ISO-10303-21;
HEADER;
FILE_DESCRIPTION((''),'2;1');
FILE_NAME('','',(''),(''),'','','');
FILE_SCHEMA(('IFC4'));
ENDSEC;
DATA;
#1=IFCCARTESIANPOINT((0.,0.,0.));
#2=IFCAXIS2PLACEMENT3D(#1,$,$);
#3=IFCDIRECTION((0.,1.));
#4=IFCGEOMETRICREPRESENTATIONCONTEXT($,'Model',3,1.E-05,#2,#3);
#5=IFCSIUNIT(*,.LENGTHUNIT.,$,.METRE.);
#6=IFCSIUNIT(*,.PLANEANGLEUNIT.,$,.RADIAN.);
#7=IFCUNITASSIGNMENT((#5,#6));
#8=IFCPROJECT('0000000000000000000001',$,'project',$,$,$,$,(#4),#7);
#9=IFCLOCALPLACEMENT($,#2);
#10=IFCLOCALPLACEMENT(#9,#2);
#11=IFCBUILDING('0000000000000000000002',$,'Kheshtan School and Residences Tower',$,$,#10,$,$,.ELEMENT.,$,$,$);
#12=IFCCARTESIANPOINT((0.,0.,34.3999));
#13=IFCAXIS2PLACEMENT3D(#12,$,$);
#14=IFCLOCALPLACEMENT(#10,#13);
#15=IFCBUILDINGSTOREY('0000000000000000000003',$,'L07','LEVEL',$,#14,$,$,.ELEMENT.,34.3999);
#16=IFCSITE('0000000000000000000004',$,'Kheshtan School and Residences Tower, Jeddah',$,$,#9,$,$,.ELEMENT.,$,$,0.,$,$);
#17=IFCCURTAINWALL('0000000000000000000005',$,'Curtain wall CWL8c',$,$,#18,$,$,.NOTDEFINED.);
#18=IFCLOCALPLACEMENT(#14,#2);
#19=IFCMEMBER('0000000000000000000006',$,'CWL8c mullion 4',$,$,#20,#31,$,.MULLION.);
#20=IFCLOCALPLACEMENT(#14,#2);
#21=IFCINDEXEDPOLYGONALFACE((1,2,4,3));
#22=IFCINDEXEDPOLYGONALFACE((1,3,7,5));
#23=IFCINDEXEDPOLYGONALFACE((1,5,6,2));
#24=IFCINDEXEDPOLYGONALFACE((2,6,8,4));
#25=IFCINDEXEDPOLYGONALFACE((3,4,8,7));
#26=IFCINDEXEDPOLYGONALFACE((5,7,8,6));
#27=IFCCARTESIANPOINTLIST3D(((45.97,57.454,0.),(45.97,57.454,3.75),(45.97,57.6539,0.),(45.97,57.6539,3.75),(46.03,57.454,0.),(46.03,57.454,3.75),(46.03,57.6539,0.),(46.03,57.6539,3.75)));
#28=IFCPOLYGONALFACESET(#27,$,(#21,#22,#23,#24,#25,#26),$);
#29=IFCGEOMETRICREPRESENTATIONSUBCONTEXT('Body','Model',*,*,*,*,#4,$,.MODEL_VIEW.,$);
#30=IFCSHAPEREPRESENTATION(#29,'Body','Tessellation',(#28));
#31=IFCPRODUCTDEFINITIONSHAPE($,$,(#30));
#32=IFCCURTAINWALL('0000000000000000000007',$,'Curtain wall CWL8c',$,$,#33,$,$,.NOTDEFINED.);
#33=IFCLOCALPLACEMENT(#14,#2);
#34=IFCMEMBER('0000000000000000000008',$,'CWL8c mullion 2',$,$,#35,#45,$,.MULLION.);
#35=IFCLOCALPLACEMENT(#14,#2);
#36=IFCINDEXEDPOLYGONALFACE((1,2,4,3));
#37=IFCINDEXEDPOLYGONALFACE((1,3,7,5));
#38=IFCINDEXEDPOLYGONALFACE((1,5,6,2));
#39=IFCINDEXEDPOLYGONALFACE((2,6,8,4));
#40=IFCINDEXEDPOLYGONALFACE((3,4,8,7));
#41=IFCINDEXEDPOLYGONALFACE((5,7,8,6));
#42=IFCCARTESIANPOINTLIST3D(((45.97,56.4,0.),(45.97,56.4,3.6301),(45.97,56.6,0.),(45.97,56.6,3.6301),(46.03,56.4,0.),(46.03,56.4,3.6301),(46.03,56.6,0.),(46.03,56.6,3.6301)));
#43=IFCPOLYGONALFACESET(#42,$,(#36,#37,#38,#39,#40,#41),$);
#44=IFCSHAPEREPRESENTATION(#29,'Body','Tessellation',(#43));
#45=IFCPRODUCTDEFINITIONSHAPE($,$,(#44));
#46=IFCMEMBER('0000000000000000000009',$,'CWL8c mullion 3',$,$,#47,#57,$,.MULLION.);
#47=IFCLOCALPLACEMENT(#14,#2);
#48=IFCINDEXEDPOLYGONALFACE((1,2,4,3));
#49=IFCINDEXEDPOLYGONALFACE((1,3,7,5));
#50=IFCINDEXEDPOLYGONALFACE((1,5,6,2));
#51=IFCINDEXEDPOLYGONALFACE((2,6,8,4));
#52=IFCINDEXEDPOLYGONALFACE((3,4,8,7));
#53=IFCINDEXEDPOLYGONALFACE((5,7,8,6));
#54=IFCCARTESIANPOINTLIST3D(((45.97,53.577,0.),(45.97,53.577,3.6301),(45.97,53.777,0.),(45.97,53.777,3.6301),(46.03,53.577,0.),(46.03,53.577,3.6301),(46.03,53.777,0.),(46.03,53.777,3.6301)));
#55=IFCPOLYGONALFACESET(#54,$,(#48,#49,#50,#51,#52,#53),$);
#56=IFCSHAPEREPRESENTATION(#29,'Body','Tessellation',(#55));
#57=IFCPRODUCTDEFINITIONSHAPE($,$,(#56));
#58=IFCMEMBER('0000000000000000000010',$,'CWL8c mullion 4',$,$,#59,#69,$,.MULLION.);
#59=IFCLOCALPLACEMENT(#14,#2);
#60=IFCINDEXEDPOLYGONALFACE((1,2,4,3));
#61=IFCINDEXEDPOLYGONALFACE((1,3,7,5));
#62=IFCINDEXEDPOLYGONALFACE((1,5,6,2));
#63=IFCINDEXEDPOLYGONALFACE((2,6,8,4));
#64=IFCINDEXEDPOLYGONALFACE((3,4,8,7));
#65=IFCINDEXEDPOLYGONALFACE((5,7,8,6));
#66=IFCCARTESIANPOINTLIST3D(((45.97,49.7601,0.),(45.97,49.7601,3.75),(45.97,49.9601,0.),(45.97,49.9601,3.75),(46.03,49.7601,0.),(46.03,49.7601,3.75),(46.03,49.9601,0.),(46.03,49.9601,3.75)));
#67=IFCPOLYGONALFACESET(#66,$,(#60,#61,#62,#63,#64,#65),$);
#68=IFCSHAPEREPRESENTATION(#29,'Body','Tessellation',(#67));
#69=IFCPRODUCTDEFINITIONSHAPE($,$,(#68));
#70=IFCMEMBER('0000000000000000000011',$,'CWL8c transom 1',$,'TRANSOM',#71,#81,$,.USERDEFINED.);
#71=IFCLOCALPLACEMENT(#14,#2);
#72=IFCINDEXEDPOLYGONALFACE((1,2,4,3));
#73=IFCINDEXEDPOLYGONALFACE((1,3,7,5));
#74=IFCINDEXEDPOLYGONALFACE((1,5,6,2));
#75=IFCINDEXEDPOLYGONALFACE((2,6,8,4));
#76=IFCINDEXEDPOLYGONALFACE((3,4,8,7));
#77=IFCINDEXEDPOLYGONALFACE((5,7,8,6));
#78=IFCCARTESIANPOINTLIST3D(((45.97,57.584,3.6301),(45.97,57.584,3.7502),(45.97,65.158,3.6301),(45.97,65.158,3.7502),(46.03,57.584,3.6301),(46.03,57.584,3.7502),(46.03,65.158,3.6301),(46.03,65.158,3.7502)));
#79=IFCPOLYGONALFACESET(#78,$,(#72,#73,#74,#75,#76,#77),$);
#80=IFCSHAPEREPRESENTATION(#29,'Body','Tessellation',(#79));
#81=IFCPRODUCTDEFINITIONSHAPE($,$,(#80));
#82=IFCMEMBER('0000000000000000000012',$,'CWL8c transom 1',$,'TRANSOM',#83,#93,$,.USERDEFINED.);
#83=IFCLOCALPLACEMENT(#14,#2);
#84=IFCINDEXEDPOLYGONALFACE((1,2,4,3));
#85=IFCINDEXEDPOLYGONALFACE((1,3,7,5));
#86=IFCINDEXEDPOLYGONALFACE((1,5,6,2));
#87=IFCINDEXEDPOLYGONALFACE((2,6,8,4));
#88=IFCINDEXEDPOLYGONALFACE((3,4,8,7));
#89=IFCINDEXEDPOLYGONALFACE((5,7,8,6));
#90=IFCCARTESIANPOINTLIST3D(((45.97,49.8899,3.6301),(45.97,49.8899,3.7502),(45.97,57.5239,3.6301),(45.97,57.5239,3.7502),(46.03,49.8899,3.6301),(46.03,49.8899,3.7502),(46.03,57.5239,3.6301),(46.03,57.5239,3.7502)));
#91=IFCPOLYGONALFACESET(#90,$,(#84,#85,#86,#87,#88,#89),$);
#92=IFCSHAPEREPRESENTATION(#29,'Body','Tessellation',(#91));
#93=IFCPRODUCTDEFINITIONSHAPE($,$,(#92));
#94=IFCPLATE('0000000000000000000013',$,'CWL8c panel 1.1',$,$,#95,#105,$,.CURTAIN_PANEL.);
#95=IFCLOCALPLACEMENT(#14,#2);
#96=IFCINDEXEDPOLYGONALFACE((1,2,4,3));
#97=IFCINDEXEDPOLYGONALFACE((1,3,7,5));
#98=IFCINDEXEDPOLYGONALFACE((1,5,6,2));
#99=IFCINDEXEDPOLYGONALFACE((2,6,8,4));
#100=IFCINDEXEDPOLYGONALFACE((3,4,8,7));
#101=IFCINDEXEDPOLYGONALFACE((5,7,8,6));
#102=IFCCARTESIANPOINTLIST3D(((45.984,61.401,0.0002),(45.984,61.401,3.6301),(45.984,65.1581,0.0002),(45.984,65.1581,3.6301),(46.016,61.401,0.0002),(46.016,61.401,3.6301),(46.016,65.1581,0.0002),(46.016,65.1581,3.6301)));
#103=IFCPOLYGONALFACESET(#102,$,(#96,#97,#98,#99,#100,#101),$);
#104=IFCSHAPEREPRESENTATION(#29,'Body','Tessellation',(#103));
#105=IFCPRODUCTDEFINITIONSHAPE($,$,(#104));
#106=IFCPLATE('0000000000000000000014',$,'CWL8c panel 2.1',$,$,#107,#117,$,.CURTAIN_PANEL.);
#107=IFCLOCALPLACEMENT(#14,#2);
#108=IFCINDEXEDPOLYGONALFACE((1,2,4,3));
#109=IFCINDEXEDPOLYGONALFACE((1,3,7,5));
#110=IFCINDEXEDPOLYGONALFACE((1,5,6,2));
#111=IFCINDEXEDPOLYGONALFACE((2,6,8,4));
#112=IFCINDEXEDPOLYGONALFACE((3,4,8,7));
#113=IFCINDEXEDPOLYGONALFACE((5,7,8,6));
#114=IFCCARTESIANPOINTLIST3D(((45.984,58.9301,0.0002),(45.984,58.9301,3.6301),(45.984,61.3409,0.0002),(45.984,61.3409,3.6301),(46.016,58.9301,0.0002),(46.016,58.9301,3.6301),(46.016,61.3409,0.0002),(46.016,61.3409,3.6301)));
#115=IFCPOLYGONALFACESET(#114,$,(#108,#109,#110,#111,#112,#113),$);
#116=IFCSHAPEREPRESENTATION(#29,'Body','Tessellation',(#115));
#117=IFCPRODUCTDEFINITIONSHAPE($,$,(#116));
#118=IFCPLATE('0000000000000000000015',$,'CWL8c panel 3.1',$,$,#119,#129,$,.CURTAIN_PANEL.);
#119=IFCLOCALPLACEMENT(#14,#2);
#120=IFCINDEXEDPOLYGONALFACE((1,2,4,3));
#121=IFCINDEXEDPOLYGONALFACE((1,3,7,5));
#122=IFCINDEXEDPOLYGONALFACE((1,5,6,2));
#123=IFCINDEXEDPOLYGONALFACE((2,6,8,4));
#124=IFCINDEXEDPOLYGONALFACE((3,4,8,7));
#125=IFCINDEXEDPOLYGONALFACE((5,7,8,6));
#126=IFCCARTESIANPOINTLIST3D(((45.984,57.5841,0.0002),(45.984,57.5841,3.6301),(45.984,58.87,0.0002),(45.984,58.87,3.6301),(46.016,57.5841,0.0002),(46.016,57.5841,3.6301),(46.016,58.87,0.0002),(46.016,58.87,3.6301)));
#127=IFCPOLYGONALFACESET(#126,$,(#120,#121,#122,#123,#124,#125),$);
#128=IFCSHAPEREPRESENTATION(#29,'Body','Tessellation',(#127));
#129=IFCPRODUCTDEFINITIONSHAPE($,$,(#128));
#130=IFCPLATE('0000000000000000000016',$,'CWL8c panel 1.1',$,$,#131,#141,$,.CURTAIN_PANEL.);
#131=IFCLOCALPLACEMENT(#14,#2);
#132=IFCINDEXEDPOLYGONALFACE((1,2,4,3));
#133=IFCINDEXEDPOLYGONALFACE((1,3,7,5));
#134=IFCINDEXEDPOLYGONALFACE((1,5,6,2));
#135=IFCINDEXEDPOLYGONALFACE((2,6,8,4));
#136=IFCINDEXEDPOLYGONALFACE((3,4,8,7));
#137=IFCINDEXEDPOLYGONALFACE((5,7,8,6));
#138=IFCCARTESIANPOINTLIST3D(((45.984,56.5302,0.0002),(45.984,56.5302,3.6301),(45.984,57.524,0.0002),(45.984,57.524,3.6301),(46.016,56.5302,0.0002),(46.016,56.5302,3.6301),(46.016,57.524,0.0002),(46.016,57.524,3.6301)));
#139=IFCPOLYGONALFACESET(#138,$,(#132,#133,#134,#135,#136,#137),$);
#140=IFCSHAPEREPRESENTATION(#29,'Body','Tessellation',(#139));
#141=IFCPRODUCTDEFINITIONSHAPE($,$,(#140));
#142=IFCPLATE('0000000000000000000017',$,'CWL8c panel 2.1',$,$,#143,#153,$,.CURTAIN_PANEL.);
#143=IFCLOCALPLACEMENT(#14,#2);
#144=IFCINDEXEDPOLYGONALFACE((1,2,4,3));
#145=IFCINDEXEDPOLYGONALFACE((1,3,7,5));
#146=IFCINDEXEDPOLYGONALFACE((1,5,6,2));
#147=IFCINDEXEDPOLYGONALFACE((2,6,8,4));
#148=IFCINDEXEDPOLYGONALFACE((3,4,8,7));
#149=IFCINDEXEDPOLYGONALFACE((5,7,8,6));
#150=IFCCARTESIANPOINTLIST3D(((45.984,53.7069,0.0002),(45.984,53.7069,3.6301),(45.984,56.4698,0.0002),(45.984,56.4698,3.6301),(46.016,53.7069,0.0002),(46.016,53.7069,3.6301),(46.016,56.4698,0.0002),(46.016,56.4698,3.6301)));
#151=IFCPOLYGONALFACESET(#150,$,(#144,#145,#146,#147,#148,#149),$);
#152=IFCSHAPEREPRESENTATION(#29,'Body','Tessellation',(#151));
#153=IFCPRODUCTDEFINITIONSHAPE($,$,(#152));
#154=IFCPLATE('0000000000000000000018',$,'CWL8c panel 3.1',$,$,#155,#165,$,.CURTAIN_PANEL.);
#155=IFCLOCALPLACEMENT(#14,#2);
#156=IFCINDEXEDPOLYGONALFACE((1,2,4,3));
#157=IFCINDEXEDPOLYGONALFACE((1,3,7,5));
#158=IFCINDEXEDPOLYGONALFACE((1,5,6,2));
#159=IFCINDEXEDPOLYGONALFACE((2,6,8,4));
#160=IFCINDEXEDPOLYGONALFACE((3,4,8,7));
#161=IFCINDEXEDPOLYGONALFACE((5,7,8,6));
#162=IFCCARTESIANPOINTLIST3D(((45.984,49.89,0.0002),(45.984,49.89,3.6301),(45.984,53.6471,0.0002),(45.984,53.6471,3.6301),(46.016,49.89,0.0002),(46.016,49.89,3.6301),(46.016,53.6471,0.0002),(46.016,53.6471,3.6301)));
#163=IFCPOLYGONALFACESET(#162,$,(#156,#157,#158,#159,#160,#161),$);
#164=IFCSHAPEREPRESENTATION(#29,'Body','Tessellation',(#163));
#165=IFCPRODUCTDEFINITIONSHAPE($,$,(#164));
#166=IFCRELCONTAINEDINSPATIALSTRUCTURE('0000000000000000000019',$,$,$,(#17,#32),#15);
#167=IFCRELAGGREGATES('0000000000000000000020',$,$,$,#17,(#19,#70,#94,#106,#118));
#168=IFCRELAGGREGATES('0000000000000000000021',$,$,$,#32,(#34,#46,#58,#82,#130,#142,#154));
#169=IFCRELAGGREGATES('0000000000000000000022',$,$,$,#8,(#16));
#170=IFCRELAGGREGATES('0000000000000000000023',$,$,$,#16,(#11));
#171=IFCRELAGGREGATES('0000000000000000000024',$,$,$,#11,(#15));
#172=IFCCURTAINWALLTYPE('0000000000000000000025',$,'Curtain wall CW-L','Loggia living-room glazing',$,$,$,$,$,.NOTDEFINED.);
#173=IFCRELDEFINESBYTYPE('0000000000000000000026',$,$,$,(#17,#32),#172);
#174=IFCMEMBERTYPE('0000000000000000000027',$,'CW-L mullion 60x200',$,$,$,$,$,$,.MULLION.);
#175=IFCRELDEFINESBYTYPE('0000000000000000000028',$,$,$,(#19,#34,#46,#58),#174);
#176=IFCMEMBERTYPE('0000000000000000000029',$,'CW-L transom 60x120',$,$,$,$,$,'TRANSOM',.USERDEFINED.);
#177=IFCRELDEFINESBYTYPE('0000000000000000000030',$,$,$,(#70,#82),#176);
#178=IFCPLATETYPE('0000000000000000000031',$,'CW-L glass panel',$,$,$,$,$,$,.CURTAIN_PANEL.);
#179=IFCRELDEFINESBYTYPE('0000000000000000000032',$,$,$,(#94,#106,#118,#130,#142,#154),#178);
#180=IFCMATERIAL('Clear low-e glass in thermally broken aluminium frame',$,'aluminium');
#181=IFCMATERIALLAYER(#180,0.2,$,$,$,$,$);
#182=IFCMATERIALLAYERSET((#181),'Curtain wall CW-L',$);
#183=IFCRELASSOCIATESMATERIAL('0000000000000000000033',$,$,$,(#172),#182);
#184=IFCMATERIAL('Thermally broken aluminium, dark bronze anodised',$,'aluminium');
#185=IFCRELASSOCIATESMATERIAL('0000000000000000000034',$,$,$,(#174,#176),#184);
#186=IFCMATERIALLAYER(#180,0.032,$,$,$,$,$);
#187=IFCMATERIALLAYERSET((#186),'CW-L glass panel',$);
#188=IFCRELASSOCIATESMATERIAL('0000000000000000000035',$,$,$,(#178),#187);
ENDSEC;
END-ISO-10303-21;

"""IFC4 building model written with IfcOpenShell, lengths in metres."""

from ifc_helpers import new_model, si_unit, direction, frame, origin, origin_2d, place, context, subcontext, project, spatial, rectangle, extrude, material, layer, layer_set, material_profile, profile_set, type_object, element, aggregate, save


model = new_model("IFC4")

# Units and contexts
model_context = context("Model", 3, precision=1e-05, world=origin(), true_north=direction((0.0, 1.0)))
body_context = subcontext(model_context, "Body", "Model", "MODEL_VIEW")
ifc_project = project(units=[si_unit("LENGTHUNIT", "METRE"), si_unit("PLANEANGLEUNIT", "RADIAN")], contexts=[model_context])

# Site, building, storey
site_placement = place(None, origin())
site = spatial("IfcSite", under=ifc_project, at=site_placement, Name="Kheshtan School and Residences Tower, Jeddah", CompositionType="ELEMENT", RefElevation=0.0)
building_placement = place(site_placement, origin())
building = spatial("IfcBuilding", under=site, at=building_placement, Name="Kheshtan School and Residences Tower", CompositionType="ELEMENT")
storey_placement = place(building_placement, frame((0.0, 0.0, 34.3999)))
storey = spatial("IfcBuildingStorey", under=building, at=storey_placement, Name="L07", Description="LEVEL", CompositionType="ELEMENT", Elevation=34.3999)

# Curtain walls, members
ifc_material_1 = material(Name="Clear low-e glass in thermally broken aluminium frame", Category="aluminium")
ifc_layer_1 = layer(ifc_material_1, 0.2)
ifc_layer_set_1 = layer_set([ifc_layer_1], Name="Curtain wall CW-L")
curtain_wall_type = type_object("IfcCurtainWallType", Name="Curtain wall CW-L", Description="Loggia living-room glazing", PredefinedType="NOTDEFINED", material=ifc_layer_set_1)
curtain_wall_1_placement = place(storey_placement, origin())
curtain_wall_1 = element("IfcCurtainWall", 1, at=curtain_wall_1_placement, inside=storey, type_object=curtain_wall_type, Name="Curtain wall CWL8c", PredefinedType="NOTDEFINED")
ifc_material_2 = material(Name="Thermally broken aluminium, dark bronze anodised", Category="aluminium")
ifc_material_profile_1 = material_profile(ifc_material_2, rectangle(XDim=0.0601, YDim=0.2, at=origin_2d()), Name="CW-L mullion 60x200")
ifc_profile_set_1 = profile_set([ifc_material_profile_1], Name="Thermally broken aluminium, dark bronze anodised")
member_type_1 = type_object("IfcMemberType", Name="CW-L mullion 60x200", PredefinedType="MULLION", material=ifc_profile_set_1)
member_1_placement = place(storey_placement, frame((46.0, 57.554, 0.0), z_axis=(0.0, 0.0, 1.0), x_axis=(1.0, 0.0, 0.0)))
member_1 = element("IfcMember", 2, at=member_1_placement, type_object=member_type_1, Name="CWL8c mullion 4", PredefinedType="MULLION", context=body_context, shape_type="SweptSolid", body=[
    extrude(rectangle(XDim=0.0601, YDim=0.2, at=origin_2d()), origin(), (0.0, 0.0, 1.0), 3.75),
])
curtain_wall_2_placement = place(storey_placement, origin())
curtain_wall_2 = element("IfcCurtainWall", 3, at=curtain_wall_2_placement, inside=storey, type_object=curtain_wall_type, Name="Curtain wall CWL8c", PredefinedType="NOTDEFINED")
member_2_placement = place(storey_placement, frame((46.0, 56.5, 0.0), z_axis=(0.0, 0.0, 1.0), x_axis=(1.0, 0.0, 0.0)))
member_2 = element("IfcMember", 4, at=member_2_placement, type_object=member_type_1, Name="CWL8c mullion 2", PredefinedType="MULLION", context=body_context, shape_type="SweptSolid", body=[
    extrude(rectangle(XDim=0.0601, YDim=0.2, at=origin_2d()), origin(), (0.0, 0.0, 1.0), 3.6301),
])
member_3_placement = place(storey_placement, frame((46.0, 53.677, 0.0), z_axis=(0.0, 0.0, 1.0), x_axis=(1.0, 0.0, 0.0)))
member_3 = element("IfcMember", 5, at=member_3_placement, type_object=member_type_1, Name="CWL8c mullion 3", PredefinedType="MULLION", context=body_context, shape_type="SweptSolid", body=[
    extrude(rectangle(XDim=0.0601, YDim=0.2, at=origin_2d()), origin(), (0.0, 0.0, 1.0), 3.6301),
])
member_4_placement = place(storey_placement, frame((46.0, 49.8601, 0.0), z_axis=(0.0, 0.0, 1.0), x_axis=(1.0, 0.0, 0.0)))
member_4 = element("IfcMember", 6, at=member_4_placement, type_object=member_type_1, Name="CWL8c mullion 4", PredefinedType="MULLION", context=body_context, shape_type="SweptSolid", body=[
    extrude(rectangle(XDim=0.0601, YDim=0.2, at=origin_2d()), origin(), (0.0, 0.0, 1.0), 3.75),
])

# Members
ifc_material_profile_2 = material_profile(ifc_material_2, rectangle(XDim=0.0601, YDim=0.1201, at=origin_2d()), Name="CW-L transom 60x120")
ifc_profile_set_2 = profile_set([ifc_material_profile_2], Name="Thermally broken aluminium, dark bronze anodised")
member_type_2 = type_object("IfcMemberType", Name="CW-L transom 60x120", ElementType="TRANSOM", PredefinedType="USERDEFINED", material=ifc_profile_set_2)
member_5_placement = place(storey_placement, frame((46.0, 65.158, 3.6902), z_axis=(0.0, -1.0, 0.0), x_axis=(1.0, 0.0, 0.0)))
member_5 = element("IfcMember", 7, at=member_5_placement, type_object=member_type_2, Name="CWL8c transom 1", ObjectType="TRANSOM", PredefinedType="USERDEFINED", context=body_context, shape_type="SweptSolid", body=[
    extrude(rectangle(XDim=0.0601, YDim=0.1201, at=origin_2d()), origin(), (0.0, 0.0, 1.0), 7.574),
])
member_6_placement = place(storey_placement, frame((46.0, 57.5239, 3.6902), z_axis=(0.0, -1.0, 0.0), x_axis=(1.0, 0.0, 0.0)))
member_6 = element("IfcMember", 8, at=member_6_placement, type_object=member_type_2, Name="CWL8c transom 1", ObjectType="TRANSOM", PredefinedType="USERDEFINED", context=body_context, shape_type="SweptSolid", body=[
    extrude(rectangle(XDim=0.0601, YDim=0.1201, at=origin_2d()), origin(), (0.0, 0.0, 1.0), 7.634),
])

# Plates
ifc_layer_2 = layer(ifc_material_1, 0.032)
ifc_layer_set_2 = layer_set([ifc_layer_2], Name="CW-L glass panel")
plate_type = type_object("IfcPlateType", Name="CW-L glass panel", PredefinedType="CURTAIN_PANEL", material=ifc_layer_set_2)
plate_1_placement = place(storey_placement, frame((46.0, 63.2795, 0.0002), z_axis=(0.0, 0.0, 1.0), x_axis=(0.0, -1.0, 0.0)))
plate_1 = element("IfcPlate", 9, at=plate_1_placement, type_object=plate_type, Name="CWL8c panel 1.1", PredefinedType="CURTAIN_PANEL", context=body_context, shape_type="SweptSolid", body=[
    extrude(rectangle(XDim=3.7571, YDim=0.032, at=origin_2d()), origin(), (0.0, 0.0, 1.0), 3.6299),
])
plate_2_placement = place(storey_placement, frame((46.0, 60.1355, 0.0002), z_axis=(0.0, 0.0, 1.0), x_axis=(0.0, -1.0, 0.0)))
plate_2 = element("IfcPlate", 10, at=plate_2_placement, type_object=plate_type, Name="CWL8c panel 2.1", PredefinedType="CURTAIN_PANEL", context=body_context, shape_type="SweptSolid", body=[
    extrude(rectangle(XDim=2.4109, YDim=0.032, at=origin_2d()), origin(), (0.0, 0.0, 1.0), 3.6299),
])
plate_3_placement = place(storey_placement, frame((46.0, 58.2271, 0.0002), z_axis=(0.0, 0.0, 1.0), x_axis=(0.0, -1.0, 0.0)))
plate_3 = element("IfcPlate", 11, at=plate_3_placement, type_object=plate_type, Name="CWL8c panel 3.1", PredefinedType="CURTAIN_PANEL", context=body_context, shape_type="SweptSolid", body=[
    extrude(rectangle(XDim=1.2859, YDim=0.032, at=origin_2d()), origin(), (0.0, 0.0, 1.0), 3.6299),
])
aggregate(curtain_wall_1, [member_1, member_5, plate_1, plate_2, plate_3])
plate_4_placement = place(storey_placement, frame((46.0, 57.0271, 0.0002), z_axis=(0.0, 0.0, 1.0), x_axis=(0.0, -1.0, 0.0)))
plate_4 = element("IfcPlate", 12, at=plate_4_placement, type_object=plate_type, Name="CWL8c panel 1.1", PredefinedType="CURTAIN_PANEL", context=body_context, shape_type="SweptSolid", body=[
    extrude(rectangle(XDim=0.9939, YDim=0.032, at=origin_2d()), origin(), (0.0, 0.0, 1.0), 3.6299),
])
plate_5_placement = place(storey_placement, frame((46.0, 55.0884, 0.0002), z_axis=(0.0, 0.0, 1.0), x_axis=(0.0, -1.0, 0.0)))
plate_5 = element("IfcPlate", 13, at=plate_5_placement, type_object=plate_type, Name="CWL8c panel 2.1", PredefinedType="CURTAIN_PANEL", context=body_context, shape_type="SweptSolid", body=[
    extrude(rectangle(XDim=2.7629, YDim=0.032, at=origin_2d()), origin(), (0.0, 0.0, 1.0), 3.6299),
])
plate_6_placement = place(storey_placement, frame((46.0, 51.7686, 0.0002), z_axis=(0.0, 0.0, 1.0), x_axis=(0.0, -1.0, 0.0)))
plate_6 = element("IfcPlate", 14, at=plate_6_placement, type_object=plate_type, Name="CWL8c panel 3.1", PredefinedType="CURTAIN_PANEL", context=body_context, shape_type="SweptSolid", body=[
    extrude(rectangle(XDim=3.7571, YDim=0.032, at=origin_2d()), origin(), (0.0, 0.0, 1.0), 3.6299),
])
aggregate(curtain_wall_2, [member_2, member_3, member_4, member_6, plate_4, plate_5, plate_6])

save(model, "model.ifc")
